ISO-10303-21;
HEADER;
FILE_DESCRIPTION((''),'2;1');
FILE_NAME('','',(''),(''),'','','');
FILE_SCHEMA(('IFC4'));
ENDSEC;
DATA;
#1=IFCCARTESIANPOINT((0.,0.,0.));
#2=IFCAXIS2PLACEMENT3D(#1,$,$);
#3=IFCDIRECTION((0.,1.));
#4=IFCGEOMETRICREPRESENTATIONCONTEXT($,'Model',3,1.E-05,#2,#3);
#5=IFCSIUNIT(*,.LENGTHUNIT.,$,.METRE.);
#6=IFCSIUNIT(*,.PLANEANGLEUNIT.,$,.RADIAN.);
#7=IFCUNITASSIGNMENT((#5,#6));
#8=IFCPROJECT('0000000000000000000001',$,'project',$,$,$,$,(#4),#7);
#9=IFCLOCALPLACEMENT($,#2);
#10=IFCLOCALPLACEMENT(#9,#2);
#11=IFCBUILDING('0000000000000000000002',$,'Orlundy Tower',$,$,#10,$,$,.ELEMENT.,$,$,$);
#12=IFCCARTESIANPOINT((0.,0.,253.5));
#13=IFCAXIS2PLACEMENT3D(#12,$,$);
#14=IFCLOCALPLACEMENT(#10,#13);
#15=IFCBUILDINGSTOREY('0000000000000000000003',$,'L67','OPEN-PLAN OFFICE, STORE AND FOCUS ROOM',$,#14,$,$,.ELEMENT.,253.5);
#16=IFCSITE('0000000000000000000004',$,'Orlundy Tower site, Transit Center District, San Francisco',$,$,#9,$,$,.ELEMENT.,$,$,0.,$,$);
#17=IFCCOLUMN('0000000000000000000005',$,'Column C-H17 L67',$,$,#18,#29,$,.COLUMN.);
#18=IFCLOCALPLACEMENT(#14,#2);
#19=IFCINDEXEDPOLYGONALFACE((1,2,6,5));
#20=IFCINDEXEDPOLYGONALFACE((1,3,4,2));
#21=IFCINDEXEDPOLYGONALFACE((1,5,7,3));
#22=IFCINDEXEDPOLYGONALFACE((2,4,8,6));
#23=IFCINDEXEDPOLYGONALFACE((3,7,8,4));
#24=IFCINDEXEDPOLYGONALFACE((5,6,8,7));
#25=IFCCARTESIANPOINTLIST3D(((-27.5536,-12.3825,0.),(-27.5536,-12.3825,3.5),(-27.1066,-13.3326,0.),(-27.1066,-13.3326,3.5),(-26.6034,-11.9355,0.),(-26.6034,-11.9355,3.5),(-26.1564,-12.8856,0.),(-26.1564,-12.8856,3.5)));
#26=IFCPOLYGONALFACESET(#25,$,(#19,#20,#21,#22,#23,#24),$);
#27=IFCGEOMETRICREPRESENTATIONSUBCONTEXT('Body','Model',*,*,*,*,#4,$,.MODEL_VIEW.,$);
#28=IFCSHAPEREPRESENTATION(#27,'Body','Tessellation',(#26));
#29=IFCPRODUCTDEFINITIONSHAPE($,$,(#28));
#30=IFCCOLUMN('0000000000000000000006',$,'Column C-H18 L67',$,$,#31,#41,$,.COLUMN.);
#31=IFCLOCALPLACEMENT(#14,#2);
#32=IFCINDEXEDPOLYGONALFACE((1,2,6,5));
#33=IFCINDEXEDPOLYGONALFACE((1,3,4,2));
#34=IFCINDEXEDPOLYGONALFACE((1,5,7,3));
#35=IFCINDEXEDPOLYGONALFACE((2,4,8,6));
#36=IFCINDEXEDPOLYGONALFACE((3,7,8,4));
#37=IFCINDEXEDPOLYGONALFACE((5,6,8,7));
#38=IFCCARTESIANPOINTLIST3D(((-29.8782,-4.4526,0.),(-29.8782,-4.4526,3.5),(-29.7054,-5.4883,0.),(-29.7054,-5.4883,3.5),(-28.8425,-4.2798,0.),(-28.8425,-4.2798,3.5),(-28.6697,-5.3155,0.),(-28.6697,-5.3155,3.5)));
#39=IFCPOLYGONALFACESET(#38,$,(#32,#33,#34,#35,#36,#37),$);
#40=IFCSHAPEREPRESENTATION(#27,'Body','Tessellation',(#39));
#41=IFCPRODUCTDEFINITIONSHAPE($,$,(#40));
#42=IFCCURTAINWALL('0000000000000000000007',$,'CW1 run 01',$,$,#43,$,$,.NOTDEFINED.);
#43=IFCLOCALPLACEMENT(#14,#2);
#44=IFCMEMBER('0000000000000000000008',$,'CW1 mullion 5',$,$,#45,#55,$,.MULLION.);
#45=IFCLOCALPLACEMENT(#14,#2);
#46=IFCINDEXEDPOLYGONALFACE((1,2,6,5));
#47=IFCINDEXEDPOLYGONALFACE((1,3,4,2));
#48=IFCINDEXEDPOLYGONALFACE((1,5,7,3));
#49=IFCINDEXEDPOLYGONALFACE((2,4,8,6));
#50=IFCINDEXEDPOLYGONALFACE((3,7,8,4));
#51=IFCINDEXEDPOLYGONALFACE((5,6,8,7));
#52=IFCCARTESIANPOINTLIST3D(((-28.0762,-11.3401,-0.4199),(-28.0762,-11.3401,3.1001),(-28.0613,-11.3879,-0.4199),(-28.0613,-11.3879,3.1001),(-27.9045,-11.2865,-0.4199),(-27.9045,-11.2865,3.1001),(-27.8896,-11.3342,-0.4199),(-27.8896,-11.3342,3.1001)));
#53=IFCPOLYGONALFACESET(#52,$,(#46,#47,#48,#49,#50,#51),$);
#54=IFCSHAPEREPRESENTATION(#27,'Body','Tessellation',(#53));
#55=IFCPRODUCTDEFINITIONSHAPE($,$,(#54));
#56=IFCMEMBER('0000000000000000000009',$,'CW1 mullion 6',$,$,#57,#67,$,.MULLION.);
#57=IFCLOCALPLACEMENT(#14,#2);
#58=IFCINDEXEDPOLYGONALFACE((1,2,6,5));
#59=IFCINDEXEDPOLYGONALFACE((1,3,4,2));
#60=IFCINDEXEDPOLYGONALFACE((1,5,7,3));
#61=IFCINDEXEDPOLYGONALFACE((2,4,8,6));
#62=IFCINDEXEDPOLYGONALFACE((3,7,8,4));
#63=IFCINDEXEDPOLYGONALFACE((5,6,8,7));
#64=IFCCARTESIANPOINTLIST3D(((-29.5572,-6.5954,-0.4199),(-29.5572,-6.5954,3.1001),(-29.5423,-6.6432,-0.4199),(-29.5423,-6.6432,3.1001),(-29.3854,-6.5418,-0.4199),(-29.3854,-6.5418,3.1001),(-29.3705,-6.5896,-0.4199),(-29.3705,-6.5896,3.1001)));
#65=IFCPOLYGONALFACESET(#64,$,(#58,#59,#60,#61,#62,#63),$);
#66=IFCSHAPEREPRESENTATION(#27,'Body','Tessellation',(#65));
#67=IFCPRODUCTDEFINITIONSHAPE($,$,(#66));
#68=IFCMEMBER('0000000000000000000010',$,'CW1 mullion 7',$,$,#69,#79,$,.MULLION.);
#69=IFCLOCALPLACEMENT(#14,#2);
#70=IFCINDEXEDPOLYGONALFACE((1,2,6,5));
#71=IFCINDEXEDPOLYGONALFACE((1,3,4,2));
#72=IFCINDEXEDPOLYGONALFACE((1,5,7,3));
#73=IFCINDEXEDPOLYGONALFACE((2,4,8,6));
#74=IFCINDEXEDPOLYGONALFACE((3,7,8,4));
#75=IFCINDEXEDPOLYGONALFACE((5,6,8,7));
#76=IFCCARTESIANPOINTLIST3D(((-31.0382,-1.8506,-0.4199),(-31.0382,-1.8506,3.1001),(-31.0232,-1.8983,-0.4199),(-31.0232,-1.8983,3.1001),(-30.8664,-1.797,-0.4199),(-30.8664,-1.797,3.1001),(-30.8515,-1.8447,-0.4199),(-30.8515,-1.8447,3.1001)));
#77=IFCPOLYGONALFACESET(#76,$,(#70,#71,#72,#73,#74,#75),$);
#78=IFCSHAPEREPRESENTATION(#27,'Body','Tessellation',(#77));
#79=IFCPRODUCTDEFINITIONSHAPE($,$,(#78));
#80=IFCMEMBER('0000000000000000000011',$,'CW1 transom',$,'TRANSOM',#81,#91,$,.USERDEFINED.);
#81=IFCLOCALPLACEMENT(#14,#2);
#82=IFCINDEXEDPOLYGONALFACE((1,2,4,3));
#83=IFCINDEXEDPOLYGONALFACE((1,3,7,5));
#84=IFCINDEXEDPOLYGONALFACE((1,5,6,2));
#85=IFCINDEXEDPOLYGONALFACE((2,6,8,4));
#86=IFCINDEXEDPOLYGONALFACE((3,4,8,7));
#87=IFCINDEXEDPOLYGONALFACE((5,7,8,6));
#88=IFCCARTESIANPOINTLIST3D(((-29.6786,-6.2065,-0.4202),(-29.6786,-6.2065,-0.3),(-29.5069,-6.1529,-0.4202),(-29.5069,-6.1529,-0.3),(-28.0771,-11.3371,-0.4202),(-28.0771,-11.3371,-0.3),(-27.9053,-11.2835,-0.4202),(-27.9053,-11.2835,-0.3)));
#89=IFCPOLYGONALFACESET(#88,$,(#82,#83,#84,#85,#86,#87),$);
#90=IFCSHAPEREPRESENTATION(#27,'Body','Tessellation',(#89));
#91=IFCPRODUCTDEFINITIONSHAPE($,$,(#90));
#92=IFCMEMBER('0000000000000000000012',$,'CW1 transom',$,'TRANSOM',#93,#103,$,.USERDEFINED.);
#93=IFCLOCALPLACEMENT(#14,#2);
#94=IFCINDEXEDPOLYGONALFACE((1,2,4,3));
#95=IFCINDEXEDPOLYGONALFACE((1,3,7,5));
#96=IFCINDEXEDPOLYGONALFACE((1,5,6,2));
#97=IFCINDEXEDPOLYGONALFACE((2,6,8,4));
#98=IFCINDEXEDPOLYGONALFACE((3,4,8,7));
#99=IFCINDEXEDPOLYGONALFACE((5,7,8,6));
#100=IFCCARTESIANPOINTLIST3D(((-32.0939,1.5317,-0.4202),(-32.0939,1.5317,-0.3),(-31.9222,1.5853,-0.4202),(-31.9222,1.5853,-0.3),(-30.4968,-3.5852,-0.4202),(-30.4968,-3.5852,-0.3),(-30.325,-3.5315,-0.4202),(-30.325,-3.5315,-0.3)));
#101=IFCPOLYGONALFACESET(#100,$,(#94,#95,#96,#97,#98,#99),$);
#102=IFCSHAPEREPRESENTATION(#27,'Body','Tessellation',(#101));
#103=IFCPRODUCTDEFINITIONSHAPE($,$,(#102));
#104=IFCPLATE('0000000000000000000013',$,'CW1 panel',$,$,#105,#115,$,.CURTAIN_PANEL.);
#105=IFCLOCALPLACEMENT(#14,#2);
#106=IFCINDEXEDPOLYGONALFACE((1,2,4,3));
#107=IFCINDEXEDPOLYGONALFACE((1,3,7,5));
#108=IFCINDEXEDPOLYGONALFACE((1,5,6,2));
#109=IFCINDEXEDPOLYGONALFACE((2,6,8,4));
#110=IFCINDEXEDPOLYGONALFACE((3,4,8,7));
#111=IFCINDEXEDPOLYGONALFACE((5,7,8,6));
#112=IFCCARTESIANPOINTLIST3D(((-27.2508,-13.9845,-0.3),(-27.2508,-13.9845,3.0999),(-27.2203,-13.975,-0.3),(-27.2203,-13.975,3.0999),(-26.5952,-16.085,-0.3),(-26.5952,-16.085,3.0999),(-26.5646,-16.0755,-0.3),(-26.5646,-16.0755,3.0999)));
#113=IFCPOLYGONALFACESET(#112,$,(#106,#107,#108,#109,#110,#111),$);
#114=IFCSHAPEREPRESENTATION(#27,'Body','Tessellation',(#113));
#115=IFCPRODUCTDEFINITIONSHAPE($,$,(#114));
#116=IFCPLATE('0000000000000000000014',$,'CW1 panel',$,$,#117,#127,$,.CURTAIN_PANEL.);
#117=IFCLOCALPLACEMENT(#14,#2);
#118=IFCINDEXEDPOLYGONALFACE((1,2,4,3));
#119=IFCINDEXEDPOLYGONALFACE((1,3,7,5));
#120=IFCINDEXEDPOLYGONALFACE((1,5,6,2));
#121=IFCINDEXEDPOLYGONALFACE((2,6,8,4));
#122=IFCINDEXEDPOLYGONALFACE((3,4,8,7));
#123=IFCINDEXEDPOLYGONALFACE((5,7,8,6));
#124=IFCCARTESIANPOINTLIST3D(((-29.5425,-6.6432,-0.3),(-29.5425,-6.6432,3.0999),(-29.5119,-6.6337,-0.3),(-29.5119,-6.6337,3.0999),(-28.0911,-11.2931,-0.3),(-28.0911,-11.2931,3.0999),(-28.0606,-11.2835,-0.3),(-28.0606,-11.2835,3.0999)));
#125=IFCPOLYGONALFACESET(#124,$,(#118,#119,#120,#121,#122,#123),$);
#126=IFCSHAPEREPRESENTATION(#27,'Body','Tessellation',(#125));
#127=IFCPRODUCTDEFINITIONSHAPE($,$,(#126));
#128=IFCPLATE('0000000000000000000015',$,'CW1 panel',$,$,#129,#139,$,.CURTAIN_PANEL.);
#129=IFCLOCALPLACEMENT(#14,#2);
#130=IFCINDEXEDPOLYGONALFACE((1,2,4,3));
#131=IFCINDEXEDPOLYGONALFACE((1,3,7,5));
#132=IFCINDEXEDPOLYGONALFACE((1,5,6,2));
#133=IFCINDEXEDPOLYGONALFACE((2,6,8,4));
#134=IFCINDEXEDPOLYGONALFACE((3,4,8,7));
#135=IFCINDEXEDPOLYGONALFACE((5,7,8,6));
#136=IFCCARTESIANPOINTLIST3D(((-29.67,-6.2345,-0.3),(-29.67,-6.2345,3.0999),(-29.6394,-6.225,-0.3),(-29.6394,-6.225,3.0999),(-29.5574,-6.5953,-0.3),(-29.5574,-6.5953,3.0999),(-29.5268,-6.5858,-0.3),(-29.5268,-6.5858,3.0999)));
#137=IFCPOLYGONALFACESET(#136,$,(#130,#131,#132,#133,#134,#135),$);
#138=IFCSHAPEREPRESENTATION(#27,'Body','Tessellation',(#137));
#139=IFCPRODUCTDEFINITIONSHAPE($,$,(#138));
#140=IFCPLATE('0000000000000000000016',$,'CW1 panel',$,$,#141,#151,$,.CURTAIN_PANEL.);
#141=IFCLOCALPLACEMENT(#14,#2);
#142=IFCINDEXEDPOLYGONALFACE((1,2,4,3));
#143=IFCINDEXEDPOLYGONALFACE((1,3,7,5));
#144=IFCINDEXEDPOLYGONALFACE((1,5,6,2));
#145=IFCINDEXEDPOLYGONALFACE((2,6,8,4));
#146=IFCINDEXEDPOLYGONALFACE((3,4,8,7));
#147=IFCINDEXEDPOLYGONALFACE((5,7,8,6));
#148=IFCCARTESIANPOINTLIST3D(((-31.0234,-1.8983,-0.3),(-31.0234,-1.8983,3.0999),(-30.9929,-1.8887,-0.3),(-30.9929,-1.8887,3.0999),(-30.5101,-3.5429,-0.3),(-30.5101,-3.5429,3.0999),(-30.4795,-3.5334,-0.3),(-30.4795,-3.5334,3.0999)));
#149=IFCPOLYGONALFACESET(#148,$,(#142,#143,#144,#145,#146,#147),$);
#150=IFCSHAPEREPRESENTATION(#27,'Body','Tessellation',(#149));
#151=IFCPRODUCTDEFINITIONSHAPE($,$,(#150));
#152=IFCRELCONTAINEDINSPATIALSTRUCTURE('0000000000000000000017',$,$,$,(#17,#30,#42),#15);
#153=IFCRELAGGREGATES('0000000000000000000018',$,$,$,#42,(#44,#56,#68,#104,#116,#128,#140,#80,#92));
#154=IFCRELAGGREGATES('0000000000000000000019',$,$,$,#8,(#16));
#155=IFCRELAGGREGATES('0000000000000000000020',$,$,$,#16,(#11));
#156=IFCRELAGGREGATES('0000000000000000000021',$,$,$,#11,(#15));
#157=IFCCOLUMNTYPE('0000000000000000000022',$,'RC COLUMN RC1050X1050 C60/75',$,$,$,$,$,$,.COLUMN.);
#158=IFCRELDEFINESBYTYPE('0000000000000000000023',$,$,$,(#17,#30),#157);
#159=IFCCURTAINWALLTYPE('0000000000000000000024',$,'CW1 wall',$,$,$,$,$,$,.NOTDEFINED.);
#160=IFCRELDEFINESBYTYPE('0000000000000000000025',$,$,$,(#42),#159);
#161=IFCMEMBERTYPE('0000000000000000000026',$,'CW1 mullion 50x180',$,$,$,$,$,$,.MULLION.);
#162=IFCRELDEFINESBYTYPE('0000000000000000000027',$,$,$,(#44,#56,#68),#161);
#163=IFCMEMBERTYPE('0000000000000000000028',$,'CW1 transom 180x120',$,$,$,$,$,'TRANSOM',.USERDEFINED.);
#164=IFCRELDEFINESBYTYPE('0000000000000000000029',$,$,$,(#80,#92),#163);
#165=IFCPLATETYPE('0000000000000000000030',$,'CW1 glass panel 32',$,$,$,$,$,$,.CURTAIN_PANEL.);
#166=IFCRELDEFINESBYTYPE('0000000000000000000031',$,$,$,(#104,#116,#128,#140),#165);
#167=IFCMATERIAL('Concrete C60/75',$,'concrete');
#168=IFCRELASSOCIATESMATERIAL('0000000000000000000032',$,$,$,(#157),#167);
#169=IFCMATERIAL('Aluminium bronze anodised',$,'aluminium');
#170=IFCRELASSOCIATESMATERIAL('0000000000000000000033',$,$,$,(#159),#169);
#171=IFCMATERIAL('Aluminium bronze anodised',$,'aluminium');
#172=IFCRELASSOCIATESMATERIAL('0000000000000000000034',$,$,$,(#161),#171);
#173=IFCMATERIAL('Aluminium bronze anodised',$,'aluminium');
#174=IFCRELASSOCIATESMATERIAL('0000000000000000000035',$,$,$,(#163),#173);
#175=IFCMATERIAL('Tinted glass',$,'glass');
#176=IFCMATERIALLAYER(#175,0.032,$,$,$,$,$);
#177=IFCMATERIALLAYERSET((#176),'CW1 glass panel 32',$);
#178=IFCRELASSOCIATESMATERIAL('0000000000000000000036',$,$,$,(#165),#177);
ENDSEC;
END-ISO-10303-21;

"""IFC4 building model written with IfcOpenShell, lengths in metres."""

from ifc_helpers import new_model, si_unit, direction, frame, origin, origin_2d, place, context, subcontext, project, spatial, rectangle, extrude, material, layer, layer_set, material_profile, profile_set, type_object, element, aggregate, save


model = new_model("IFC4")

# Units and contexts
model_context = context("Model", 3, precision=1e-05, world=origin(), true_north=direction((0.0, 1.0)))
body_context = subcontext(model_context, "Body", "Model", "MODEL_VIEW")
ifc_project = project(units=[si_unit("LENGTHUNIT", "METRE"), si_unit("PLANEANGLEUNIT", "RADIAN")], contexts=[model_context])

# Site, building, storey
site_placement = place(None, origin())
site = spatial("IfcSite", under=ifc_project, at=site_placement, Name="Orlundy Tower site, Transit Center District, San Francisco", CompositionType="ELEMENT", RefElevation=0.0)
building_placement = place(site_placement, origin())
building = spatial("IfcBuilding", under=site, at=building_placement, Name="Orlundy Tower", CompositionType="ELEMENT")
storey_placement = place(building_placement, frame((0.0, 0.0, 253.5)))
storey = spatial("IfcBuildingStorey", under=building, at=storey_placement, Name="L67", Description="OPEN-PLAN OFFICE, STORE AND FOCUS ROOM", CompositionType="ELEMENT", Elevation=253.5)

# Columns
ifc_material_1 = material(Name="Concrete C60/75", Category="concrete")
ifc_material_profile_1 = material_profile(ifc_material_1, rectangle(XDim=1.05, YDim=1.05, at=origin_2d()), Name="RC1050X1050")
ifc_profile_set_1 = profile_set([ifc_material_profile_1], Name="Concrete C60/75")
column_type = type_object("IfcColumnType", Name="RC COLUMN RC1050X1050 C60/75", PredefinedType="COLUMN", material=ifc_profile_set_1)
for number, where, z_axis, x_axis, name in (
    (1, (-26.855, -12.634, 0.0), (0.0, 0.0, 1.0), (-0.904864, -0.4257, 0.0), "Column C-H17 L67"),
    (2, (-29.2739, -4.884, 0.0), (0.0, 0.0, 1.0), (-0.986366, -0.164566, 0.0), "Column C-H18 L67"),
):
    element("IfcColumn", number, at=place(storey_placement, frame(where, z_axis=z_axis, x_axis=x_axis)), inside=storey, type_object=column_type, Name=name, PredefinedType="COLUMN", context=body_context, shape_type="SweptSolid", body=[
        extrude(rectangle(XDim=1.05, YDim=1.05, at=origin_2d()), origin(), (0.0, 0.0, 1.0), 3.5),
    ])

# Curtain wall, members, plates
ifc_material_2 = material(Name="Aluminium bronze anodised", Category="aluminium")
curtain_wall_type = type_object("IfcCurtainWallType", Name="CW1 wall", PredefinedType="NOTDEFINED", material=ifc_material_2)
curtain_wall_placement = place(storey_placement, origin())
curtain_wall = element("IfcCurtainWall", 3, at=curtain_wall_placement, inside=storey, type_object=curtain_wall_type, Name="CW1 run 01", PredefinedType="NOTDEFINED")
ifc_material_3 = material(Name="Aluminium bronze anodised", Category="aluminium")
ifc_material_profile_2 = material_profile(ifc_material_3, rectangle(XDim=0.1799, YDim=0.05, at=origin_2d()), Name="CW1 mullion 50x180")
ifc_profile_set_2 = profile_set([ifc_material_profile_2], Name="Aluminium bronze anodised")
member_type_1 = type_object("IfcMemberType", Name="CW1 mullion 50x180", PredefinedType="MULLION", material=ifc_profile_set_2)
member_1_placement = place(storey_placement, frame((-27.9829, -11.3372, -0.4199), z_axis=(0.0, 0.0, 1.0), x_axis=(-0.95458, -0.297954, 0.0)))
member_1 = element("IfcMember", 4, at=member_1_placement, type_object=member_type_1, Name="CW1 mullion 5", PredefinedType="MULLION", context=body_context, shape_type="SweptSolid", body=[
    extrude(rectangle(XDim=0.1799, YDim=0.05, at=origin_2d()), origin(), (0.0, 0.0, 1.0), 3.52),
])
member_2_placement = place(storey_placement, frame((-29.4639, -6.5925, -0.4199), z_axis=(0.0, 0.0, 1.0), x_axis=(-0.95458, -0.297954, 0.0)))
member_2 = element("IfcMember", 5, at=member_2_placement, type_object=member_type_1, Name="CW1 mullion 6", PredefinedType="MULLION", context=body_context, shape_type="SweptSolid", body=[
    extrude(rectangle(XDim=0.1799, YDim=0.05, at=origin_2d()), origin(), (0.0, 0.0, 1.0), 3.52),
])
member_3_placement = place(storey_placement, frame((-30.9448, -1.8477, -0.4199), z_axis=(0.0, 0.0, 1.0), x_axis=(-0.95458, -0.297954, 0.0)))
member_3 = element("IfcMember", 6, at=member_3_placement, type_object=member_type_1, Name="CW1 mullion 7", PredefinedType="MULLION", context=body_context, shape_type="SweptSolid", body=[
    extrude(rectangle(XDim=0.1799, YDim=0.05, at=origin_2d()), origin(), (0.0, 0.0, 1.0), 3.52),
])
ifc_material_4 = material(Name="Aluminium bronze anodised", Category="aluminium")
ifc_material_profile_3 = material_profile(ifc_material_4, rectangle(XDim=0.1799, YDim=0.1201, at=origin_2d()), Name="CW1 transom 180x120")
ifc_profile_set_3 = profile_set([ifc_material_profile_3], Name="Aluminium bronze anodised")
member_type_2 = type_object("IfcMemberType", Name="CW1 transom 180x120", ElementType="TRANSOM", PredefinedType="USERDEFINED", material=ifc_profile_set_3)
member_4_placement = place(storey_placement, frame((-27.9912, -11.3103, -0.3601), z_axis=(-0.297978, 0.954573, 0.0), x_axis=(-0.954573, -0.297978, 0.0)))
member_4 = element("IfcMember", 7, at=member_4_placement, type_object=member_type_2, Name="CW1 transom", ObjectType="TRANSOM", PredefinedType="USERDEFINED", context=body_context, shape_type="SweptSolid", body=[
    extrude(rectangle(XDim=0.1799, YDim=0.1201, at=origin_2d()), origin(), (0.0, 0.0, 1.0), 5.3748),
])
member_5_placement = place(storey_placement, frame((-30.4109, -3.5583, -0.3601), z_axis=(-0.297956, 0.95458, 0.0), x_axis=(-0.95458, -0.297956, 0.0)))
member_5 = element("IfcMember", 8, at=member_5_placement, type_object=member_type_2, Name="CW1 transom", ObjectType="TRANSOM", PredefinedType="USERDEFINED", context=body_context, shape_type="SweptSolid", body=[
    extrude(rectangle(XDim=0.1799, YDim=0.1201, at=origin_2d()), origin(), (0.0, 0.0, 1.0), 5.3604),
])
ifc_material_5 = material(Name="Tinted glass", Category="glass")
ifc_layer_1 = layer(ifc_material_5, 0.032)
ifc_layer_set_1 = layer_set([ifc_layer_1], Name="CW1 glass panel 32")
plate_type = type_object("IfcPlateType", Name="CW1 glass panel 32", PredefinedType="CURTAIN_PANEL", material=ifc_layer_set_1)
plate_1_placement = place(storey_placement, frame((-26.9077, -15.03, -0.3), z_axis=(0.0, 0.0, 1.0), x_axis=(-0.297954, 0.95458, 0.0)))
plate_1 = element("IfcPlate", 9, at=plate_1_placement, type_object=plate_type, Name="CW1 panel", PredefinedType="CURTAIN_PANEL", context=body_context, shape_type="SweptSolid", body=[
    extrude(rectangle(XDim=2.2004, YDim=0.032, at=origin_2d()), origin(), (0.0, 0.0, 1.0), 3.3999),
])
plate_2_placement = place(storey_placement, frame((-28.8015, -8.9634, -0.3), z_axis=(0.0, 0.0, 1.0), x_axis=(-0.297954, 0.95458, 0.0)))
plate_2 = element("IfcPlate", 10, at=plate_2_placement, type_object=plate_type, Name="CW1 panel", PredefinedType="CURTAIN_PANEL", context=body_context, shape_type="SweptSolid", body=[
    extrude(rectangle(XDim=4.8711, YDim=0.032, at=origin_2d()), origin(), (0.0, 0.0, 1.0), 3.3999),
])
plate_3_placement = place(storey_placement, frame((-29.5984, -6.4102, -0.3), z_axis=(0.0, 0.0, 1.0), x_axis=(-0.297954, 0.95458, 0.0)))
plate_3 = element("IfcPlate", 11, at=plate_3_placement, type_object=plate_type, Name="CW1 panel", PredefinedType="CURTAIN_PANEL", context=body_context, shape_type="SweptSolid", body=[
    extrude(rectangle(XDim=0.3779, YDim=0.032, at=origin_2d()), origin(), (0.0, 0.0, 1.0), 3.3999),
])
plate_4_placement = place(storey_placement, frame((-30.7515, -2.7158, -0.3), z_axis=(0.0, 0.0, 1.0), x_axis=(-0.297954, 0.95458, 0.0)))
plate_4 = element("IfcPlate", 12, at=plate_4_placement, type_object=plate_type, Name="CW1 panel", PredefinedType="CURTAIN_PANEL", context=body_context, shape_type="SweptSolid", body=[
    extrude(rectangle(XDim=1.7229, YDim=0.032, at=origin_2d()), origin(), (0.0, 0.0, 1.0), 3.3999),
])
aggregate(curtain_wall, [member_1, member_2, member_3, plate_1, plate_2, plate_3, plate_4, member_4, member_5])

save(model, "model.ifc")
